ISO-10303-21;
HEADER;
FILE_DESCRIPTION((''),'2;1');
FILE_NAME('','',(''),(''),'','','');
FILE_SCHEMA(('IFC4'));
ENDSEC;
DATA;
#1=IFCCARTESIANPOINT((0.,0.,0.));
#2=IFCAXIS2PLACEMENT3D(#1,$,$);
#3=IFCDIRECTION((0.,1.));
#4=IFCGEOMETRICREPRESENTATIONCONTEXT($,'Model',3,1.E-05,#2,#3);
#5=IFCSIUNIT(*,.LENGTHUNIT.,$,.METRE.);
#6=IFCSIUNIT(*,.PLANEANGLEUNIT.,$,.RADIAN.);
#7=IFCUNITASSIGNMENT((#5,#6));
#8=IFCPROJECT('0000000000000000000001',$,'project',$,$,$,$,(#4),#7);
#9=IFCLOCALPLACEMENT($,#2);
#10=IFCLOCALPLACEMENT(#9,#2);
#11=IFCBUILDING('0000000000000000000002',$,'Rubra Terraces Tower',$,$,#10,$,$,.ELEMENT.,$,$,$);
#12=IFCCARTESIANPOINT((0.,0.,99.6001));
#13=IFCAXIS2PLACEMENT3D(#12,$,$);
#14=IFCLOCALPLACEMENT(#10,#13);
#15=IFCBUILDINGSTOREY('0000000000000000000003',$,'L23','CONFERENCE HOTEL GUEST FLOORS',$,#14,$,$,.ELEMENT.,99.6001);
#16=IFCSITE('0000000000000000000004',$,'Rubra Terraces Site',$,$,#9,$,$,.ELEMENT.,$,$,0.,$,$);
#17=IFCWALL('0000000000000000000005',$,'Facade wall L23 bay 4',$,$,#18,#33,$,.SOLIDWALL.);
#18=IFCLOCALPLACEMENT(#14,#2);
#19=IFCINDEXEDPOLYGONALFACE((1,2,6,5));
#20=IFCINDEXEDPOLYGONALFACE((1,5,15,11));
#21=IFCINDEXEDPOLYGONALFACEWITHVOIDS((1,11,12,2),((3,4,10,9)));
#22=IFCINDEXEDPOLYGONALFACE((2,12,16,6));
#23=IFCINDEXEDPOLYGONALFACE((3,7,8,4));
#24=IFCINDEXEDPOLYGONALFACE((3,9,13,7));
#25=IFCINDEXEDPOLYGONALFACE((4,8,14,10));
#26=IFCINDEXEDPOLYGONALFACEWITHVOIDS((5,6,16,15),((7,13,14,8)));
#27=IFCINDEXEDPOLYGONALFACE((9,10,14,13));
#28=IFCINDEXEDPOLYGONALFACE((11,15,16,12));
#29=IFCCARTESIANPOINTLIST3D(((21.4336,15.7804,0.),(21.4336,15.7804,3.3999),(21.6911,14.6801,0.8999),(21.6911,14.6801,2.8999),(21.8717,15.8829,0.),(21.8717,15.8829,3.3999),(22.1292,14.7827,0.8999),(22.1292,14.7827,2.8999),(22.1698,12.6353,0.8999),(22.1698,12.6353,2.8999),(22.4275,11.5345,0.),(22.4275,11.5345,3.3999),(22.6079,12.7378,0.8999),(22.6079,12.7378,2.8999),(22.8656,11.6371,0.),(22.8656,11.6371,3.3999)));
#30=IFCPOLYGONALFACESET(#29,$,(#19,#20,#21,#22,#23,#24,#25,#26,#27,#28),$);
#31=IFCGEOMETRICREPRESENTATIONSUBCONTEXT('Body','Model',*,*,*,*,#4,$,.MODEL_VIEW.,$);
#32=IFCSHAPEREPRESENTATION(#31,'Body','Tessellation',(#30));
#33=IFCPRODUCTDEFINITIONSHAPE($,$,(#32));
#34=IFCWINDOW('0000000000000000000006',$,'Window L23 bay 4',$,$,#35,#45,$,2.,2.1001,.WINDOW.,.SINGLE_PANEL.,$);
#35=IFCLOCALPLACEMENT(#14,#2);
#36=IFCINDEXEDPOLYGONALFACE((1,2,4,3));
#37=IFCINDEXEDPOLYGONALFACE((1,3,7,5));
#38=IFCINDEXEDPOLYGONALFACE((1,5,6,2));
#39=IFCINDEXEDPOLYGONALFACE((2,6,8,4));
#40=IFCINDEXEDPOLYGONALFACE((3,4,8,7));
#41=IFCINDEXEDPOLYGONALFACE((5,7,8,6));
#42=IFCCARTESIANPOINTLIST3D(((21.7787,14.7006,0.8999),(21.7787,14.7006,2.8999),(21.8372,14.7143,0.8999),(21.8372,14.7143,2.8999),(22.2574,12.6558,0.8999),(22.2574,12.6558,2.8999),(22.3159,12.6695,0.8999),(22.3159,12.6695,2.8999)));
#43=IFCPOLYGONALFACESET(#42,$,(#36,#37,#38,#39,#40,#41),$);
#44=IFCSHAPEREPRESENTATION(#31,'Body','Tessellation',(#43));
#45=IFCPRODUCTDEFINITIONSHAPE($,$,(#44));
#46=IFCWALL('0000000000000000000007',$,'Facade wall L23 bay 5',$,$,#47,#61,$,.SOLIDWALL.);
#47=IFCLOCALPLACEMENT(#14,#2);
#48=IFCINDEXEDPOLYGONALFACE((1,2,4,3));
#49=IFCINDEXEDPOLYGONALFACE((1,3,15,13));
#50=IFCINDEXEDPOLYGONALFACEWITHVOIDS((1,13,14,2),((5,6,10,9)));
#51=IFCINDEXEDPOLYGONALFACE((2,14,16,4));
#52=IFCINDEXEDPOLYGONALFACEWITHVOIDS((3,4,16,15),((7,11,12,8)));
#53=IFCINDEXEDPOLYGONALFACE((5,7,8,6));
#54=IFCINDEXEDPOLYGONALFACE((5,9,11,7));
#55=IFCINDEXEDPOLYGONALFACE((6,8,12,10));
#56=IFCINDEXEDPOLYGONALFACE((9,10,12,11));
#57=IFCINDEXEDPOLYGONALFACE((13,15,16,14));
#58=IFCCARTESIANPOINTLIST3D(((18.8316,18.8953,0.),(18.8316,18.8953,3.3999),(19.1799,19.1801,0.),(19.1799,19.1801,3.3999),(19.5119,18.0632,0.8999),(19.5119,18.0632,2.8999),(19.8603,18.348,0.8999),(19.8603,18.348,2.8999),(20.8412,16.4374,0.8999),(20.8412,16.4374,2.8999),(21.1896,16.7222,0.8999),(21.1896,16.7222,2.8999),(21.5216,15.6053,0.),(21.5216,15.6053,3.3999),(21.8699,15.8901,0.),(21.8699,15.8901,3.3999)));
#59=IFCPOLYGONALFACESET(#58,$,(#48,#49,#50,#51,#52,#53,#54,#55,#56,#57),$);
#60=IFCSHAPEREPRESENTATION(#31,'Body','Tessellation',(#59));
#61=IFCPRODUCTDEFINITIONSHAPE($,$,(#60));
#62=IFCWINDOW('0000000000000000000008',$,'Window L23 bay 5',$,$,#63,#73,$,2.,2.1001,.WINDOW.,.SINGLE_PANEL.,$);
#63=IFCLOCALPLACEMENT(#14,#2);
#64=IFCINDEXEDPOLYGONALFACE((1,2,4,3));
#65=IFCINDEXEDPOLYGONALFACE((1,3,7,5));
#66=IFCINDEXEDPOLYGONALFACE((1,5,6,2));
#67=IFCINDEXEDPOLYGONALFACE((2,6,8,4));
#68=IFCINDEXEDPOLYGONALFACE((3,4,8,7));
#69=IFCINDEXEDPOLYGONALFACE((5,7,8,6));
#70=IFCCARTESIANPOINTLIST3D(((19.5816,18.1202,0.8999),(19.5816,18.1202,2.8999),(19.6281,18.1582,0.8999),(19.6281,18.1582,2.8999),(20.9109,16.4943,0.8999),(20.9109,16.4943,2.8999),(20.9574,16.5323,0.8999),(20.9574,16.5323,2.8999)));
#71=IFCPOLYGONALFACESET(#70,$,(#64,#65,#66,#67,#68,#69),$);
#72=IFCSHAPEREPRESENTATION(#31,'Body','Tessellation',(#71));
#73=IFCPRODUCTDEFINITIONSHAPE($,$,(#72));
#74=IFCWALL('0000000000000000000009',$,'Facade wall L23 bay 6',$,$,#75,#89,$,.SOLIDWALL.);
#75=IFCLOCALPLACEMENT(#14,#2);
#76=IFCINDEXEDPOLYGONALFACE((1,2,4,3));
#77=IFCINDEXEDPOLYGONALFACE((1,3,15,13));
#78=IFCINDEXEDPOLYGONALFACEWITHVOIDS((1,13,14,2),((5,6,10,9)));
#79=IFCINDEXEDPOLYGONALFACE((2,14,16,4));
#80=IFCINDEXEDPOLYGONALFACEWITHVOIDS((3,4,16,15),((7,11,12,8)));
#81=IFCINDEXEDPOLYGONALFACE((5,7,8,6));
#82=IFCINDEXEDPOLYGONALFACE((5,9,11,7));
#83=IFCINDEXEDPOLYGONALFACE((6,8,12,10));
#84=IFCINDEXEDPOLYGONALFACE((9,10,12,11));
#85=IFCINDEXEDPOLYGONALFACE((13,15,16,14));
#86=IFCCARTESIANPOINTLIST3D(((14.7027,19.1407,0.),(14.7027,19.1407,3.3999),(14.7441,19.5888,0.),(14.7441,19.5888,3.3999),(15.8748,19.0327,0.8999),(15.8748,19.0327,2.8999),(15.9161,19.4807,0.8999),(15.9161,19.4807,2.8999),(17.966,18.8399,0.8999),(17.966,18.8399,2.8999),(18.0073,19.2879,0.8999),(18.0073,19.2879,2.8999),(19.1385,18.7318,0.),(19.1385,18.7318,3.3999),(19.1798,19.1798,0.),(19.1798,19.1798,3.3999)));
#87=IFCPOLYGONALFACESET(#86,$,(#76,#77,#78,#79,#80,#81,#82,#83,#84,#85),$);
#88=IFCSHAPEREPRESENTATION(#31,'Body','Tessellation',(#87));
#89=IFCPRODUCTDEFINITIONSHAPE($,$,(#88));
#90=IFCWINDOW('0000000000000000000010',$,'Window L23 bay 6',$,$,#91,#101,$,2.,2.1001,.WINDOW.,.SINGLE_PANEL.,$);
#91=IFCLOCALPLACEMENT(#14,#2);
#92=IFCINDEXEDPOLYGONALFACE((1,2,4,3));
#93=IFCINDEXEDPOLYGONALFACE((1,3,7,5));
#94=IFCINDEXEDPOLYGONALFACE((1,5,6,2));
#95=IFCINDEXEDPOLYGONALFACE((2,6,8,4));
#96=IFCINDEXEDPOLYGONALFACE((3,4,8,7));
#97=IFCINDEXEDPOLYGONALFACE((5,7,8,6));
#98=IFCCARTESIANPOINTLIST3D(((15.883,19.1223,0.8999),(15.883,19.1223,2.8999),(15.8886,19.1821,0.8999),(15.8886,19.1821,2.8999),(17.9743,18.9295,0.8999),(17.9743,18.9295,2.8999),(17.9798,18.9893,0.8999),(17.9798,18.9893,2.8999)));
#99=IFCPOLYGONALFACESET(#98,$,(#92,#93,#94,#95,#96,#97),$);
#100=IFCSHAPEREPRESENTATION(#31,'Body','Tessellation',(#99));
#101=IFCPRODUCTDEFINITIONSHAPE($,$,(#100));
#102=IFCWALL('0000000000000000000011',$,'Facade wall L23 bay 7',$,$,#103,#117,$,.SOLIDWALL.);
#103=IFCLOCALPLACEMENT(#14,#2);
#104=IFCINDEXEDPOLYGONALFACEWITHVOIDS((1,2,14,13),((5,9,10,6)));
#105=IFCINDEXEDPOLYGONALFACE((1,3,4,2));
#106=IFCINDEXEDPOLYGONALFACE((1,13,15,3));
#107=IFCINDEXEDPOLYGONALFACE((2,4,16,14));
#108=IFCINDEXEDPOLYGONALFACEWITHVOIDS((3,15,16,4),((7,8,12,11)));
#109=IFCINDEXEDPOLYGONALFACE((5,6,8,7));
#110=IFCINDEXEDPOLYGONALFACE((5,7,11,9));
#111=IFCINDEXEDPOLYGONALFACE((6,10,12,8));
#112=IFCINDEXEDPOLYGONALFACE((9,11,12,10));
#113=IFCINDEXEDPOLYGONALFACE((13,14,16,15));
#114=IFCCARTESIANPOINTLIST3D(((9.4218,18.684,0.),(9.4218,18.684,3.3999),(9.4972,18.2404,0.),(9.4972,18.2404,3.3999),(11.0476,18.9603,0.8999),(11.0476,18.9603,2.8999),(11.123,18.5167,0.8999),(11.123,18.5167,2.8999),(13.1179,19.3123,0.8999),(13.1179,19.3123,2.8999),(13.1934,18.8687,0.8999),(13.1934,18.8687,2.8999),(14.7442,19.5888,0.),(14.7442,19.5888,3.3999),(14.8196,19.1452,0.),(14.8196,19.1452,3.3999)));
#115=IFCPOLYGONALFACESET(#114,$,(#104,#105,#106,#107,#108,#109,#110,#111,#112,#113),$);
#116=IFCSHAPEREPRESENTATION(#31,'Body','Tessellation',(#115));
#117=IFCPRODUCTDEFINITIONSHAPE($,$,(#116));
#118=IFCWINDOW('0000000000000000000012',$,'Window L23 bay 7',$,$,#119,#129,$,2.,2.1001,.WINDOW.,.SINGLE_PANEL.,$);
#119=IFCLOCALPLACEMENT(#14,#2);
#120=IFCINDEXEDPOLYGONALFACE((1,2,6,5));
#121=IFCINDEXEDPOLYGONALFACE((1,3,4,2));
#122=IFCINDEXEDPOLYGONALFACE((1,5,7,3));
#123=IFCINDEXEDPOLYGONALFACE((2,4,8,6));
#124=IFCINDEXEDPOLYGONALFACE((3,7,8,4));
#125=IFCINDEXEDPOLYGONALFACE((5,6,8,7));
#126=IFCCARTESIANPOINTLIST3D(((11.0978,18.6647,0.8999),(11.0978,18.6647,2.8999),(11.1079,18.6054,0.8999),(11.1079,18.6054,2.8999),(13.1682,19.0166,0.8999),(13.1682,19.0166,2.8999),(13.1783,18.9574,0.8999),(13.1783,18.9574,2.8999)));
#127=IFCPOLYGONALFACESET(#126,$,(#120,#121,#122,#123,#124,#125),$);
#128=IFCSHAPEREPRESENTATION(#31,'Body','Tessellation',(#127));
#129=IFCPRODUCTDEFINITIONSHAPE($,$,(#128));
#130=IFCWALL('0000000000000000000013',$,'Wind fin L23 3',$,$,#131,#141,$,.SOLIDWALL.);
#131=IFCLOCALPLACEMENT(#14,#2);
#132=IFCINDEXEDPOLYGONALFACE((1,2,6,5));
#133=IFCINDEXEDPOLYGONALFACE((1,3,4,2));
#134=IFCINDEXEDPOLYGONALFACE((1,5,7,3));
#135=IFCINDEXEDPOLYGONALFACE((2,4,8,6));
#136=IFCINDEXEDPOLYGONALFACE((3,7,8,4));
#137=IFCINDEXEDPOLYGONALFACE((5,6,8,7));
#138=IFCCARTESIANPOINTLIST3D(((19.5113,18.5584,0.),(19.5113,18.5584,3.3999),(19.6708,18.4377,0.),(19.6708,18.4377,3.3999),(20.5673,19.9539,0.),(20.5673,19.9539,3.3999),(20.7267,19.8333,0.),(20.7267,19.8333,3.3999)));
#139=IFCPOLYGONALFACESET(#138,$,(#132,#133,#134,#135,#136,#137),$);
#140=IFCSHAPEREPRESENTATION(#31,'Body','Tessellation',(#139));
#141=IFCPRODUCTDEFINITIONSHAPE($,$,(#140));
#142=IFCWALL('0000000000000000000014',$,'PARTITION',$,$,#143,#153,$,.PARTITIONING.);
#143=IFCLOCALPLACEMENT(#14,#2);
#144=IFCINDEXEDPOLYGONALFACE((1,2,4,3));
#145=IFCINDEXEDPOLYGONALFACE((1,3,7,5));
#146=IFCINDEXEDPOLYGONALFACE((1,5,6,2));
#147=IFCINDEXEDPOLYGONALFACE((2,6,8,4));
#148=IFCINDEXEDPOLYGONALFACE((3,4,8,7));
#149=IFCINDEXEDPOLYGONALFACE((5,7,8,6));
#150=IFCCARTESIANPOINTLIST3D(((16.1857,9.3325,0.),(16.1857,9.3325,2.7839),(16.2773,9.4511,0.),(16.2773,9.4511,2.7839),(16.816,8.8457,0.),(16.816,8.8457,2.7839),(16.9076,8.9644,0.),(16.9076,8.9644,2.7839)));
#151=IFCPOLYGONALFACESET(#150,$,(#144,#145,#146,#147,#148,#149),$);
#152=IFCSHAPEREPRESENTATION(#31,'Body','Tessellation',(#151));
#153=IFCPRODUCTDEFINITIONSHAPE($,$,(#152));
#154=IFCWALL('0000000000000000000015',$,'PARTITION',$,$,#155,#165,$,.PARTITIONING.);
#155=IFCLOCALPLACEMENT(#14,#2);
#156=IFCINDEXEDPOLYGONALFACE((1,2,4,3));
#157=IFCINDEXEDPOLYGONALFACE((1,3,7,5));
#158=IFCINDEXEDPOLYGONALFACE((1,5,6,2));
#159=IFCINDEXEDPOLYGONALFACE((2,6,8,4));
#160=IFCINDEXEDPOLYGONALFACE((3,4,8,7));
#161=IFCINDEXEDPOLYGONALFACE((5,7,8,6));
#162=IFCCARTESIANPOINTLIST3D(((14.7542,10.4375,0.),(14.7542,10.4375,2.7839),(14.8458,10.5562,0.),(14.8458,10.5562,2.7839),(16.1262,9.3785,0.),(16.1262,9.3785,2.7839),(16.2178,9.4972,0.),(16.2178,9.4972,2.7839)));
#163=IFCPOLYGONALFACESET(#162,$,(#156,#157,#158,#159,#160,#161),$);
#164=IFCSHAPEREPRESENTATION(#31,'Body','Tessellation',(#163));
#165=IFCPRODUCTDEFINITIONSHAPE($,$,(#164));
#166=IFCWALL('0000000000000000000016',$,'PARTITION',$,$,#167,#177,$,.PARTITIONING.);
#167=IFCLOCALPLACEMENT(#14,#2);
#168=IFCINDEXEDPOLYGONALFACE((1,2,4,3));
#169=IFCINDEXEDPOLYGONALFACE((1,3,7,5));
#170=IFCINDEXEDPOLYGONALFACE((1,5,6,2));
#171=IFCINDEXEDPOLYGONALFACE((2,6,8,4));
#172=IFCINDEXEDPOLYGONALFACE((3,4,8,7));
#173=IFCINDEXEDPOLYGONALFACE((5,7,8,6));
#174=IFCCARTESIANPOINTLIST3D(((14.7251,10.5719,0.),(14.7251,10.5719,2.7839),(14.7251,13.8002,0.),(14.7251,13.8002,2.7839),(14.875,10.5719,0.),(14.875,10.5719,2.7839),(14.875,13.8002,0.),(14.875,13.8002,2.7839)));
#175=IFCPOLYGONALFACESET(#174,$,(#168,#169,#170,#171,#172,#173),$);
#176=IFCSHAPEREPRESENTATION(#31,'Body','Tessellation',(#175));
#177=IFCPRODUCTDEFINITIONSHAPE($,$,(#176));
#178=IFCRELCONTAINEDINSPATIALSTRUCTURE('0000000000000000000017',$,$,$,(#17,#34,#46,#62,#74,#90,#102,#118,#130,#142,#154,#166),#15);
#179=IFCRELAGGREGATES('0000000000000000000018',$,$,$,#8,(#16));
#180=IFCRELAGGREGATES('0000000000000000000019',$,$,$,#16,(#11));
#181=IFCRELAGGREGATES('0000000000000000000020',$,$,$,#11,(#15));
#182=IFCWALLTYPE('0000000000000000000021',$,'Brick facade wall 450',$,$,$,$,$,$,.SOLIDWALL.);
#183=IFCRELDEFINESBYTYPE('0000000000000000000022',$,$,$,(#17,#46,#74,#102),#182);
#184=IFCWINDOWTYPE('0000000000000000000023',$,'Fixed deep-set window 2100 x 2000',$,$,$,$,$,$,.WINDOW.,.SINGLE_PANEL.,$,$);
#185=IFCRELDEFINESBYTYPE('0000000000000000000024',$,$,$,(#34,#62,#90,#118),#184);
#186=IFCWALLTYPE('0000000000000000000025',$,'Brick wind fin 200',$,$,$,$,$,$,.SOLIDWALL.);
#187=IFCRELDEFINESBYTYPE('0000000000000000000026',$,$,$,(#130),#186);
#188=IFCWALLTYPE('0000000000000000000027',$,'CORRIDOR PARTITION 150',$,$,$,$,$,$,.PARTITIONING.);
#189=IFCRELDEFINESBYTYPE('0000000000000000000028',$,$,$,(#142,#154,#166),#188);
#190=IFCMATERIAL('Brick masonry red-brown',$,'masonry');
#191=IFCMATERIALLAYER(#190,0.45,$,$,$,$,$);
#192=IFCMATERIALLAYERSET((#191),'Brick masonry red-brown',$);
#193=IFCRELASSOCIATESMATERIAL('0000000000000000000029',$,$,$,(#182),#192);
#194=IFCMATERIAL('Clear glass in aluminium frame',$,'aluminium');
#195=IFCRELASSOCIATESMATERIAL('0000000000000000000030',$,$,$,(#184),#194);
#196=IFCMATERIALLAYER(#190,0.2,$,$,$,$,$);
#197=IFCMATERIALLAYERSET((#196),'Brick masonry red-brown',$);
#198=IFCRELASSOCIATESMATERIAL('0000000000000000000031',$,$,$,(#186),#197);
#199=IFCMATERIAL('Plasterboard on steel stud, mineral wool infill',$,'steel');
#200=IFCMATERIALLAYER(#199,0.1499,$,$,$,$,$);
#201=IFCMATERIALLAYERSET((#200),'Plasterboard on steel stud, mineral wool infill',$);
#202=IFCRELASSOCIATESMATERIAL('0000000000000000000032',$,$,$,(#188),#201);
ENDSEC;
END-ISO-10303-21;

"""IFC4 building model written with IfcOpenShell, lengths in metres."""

from ifc_helpers import new_model, si_unit, direction, frame, frame_2d, origin, place, context, subcontext, project, spatial, rectangle, extrude, material, layer, layer_set, type_object, element, fill, save


model = new_model("IFC4")

# Units and contexts
model_context = context("Model", 3, precision=1e-05, world=origin(), true_north=direction((0.0, 1.0)))
body_context = subcontext(model_context, "Body", "Model", "MODEL_VIEW")
ifc_project = project(units=[si_unit("LENGTHUNIT", "METRE"), si_unit("PLANEANGLEUNIT", "RADIAN")], contexts=[model_context])

# Site, building, storey
site_placement = place(None, origin())
site = spatial("IfcSite", under=ifc_project, at=site_placement, Name="Rubra Terraces Site", CompositionType="ELEMENT", RefElevation=0.0)
building_placement = place(site_placement, origin())
building = spatial("IfcBuilding", under=site, at=building_placement, Name="Rubra Terraces Tower", CompositionType="ELEMENT")
storey_placement = place(building_placement, frame((0.0, 0.0, 99.6001)))
storey = spatial("IfcBuildingStorey", under=building, at=storey_placement, Name="L23", Description="CONFERENCE HOTEL GUEST FLOORS", CompositionType="ELEMENT", Elevation=99.6001)

# Walls, openings, windows
ifc_material_1 = material(Name="Brick masonry red-brown", Category="masonry")
ifc_layer_1 = layer(ifc_material_1, 0.45)
ifc_layer_set_1 = layer_set([ifc_layer_1], Name="Brick masonry red-brown")
wall_type_1 = type_object("IfcWallType", Name="Brick facade wall 450", PredefinedType="SOLIDWALL", material=ifc_layer_set_1)
wall_1_placement = place(storey_placement, frame((22.6465, 11.5859, 0.0), z_axis=(0.0, 0.0, 1.0), x_axis=(-0.227925, 0.973679, 0.0)))
wall_1 = element("IfcWall", 1, at=wall_1_placement, inside=storey, type_object=wall_type_1, Name="Facade wall L23 bay 4", PredefinedType="SOLIDWALL", context=body_context, shape_type="SweptSolid", body=[
    extrude(rectangle(XDim=4.3606, YDim=0.45, at=frame_2d((2.1802, 0.0))), origin(), (0.0, 0.0, 1.0), 3.3999),
])
opening_1_placement = place(wall_1_placement, frame((1.1304, 0.0, 0.8999)))
opening_1 = element("IfcOpeningElement", 2, at=opening_1_placement, cuts=wall_1, PredefinedType="OPENING", context=body_context, shape_type="SweptSolid", body=[
    extrude(rectangle(XDim=2.1001, YDim=2.0, at=frame_2d((1.05, 1.0))), frame((0.0, 0.2349, 0.0), z_axis=(0.0, -1.0, 0.0), x_axis=(1.0, 0.0, 0.0)), (0.0, 0.0, 1.0), 0.47),
])
ifc_material_2 = material(Name="Clear glass in aluminium frame", Category="aluminium")
window_type = type_object("IfcWindowType", Name="Fixed deep-set window 2100 x 2000", PartitioningType="SINGLE_PANEL", PredefinedType="WINDOW", material=ifc_material_2)
window_1_placement = place(opening_1_placement, origin())
window_1 = element("IfcWindow", 3, at=window_1_placement, inside=storey, type_object=window_type, Name="Window L23 bay 4", OverallHeight=2.0, OverallWidth=2.1001, PartitioningType="SINGLE_PANEL", PredefinedType="WINDOW", context=body_context, shape_type="SweptSolid", body=[
    extrude(rectangle(XDim=2.1001, YDim=2.0, at=frame_2d((1.05, 1.0))), frame((0.0, 0.135, 0.0), z_axis=(0.0, -1.0, 0.0), x_axis=(1.0, 0.0, 0.0)), (0.0, 0.0, 1.0), 0.0601),
])
fill(opening_1, window_1)
wall_2_placement = place(storey_placement, frame((21.6958, 15.7476, 0.0), z_axis=(0.0, 0.0, 1.0), x_axis=(-0.632969, 0.774177, 0.0)))
wall_2 = element("IfcWall", 4, at=wall_2_placement, inside=storey, type_object=wall_type_1, Name="Facade wall L23 bay 5", PredefinedType="SOLIDWALL", context=body_context, shape_type="SweptSolid", body=[
    extrude(rectangle(XDim=4.2498, YDim=0.45, at=frame_2d((2.125, 0.0))), origin(), (0.0, 0.0, 1.0), 3.3999),
])
opening_2_placement = place(wall_2_placement, frame((1.075, 0.0, 0.8999)))
opening_2 = element("IfcOpeningElement", 5, at=opening_2_placement, cuts=wall_2, PredefinedType="OPENING", context=body_context, shape_type="SweptSolid", body=[
    extrude(rectangle(XDim=2.1001, YDim=2.0, at=frame_2d((1.05, 1.0))), frame((0.0, 0.2349, 0.0), z_axis=(0.0, -1.0, 0.0), x_axis=(1.0, 0.0, 0.0)), (0.0, 0.0, 1.0), 0.47),
])
window_2_placement = place(opening_2_placement, origin())
window_2 = element("IfcWindow", 6, at=window_2_placement, inside=storey, type_object=window_type, Name="Window L23 bay 5", OverallHeight=2.0, OverallWidth=2.1001, PartitioningType="SINGLE_PANEL", PredefinedType="WINDOW", context=body_context, shape_type="SweptSolid", body=[
    extrude(rectangle(XDim=2.1001, YDim=2.0, at=frame_2d((1.05, 1.0))), frame((0.0, 0.135, 0.0), z_axis=(0.0, -1.0, 0.0), x_axis=(1.0, 0.0, 0.0)), (0.0, 0.0, 1.0), 0.0601),
])
fill(opening_2, window_2)
wall_3_placement = place(storey_placement, frame((19.1592, 18.9558, 0.0), z_axis=(0.0, 0.0, 1.0), x_axis=(-0.995777, 0.091801, 0.0)))
wall_3 = element("IfcWall", 7, at=wall_3_placement, inside=storey, type_object=wall_type_1, Name="Facade wall L23 bay 6", PredefinedType="SOLIDWALL", context=body_context, shape_type="SweptSolid", body=[
    extrude(rectangle(XDim=4.4546, YDim=0.45, at=frame_2d((2.2273, 0.0))), origin(), (0.0, 0.0, 1.0), 3.3999),
])
opening_3_placement = place(wall_3_placement, frame((1.1775, 0.0, 0.8999)))
opening_3 = element("IfcOpeningElement", 8, at=opening_3_placement, cuts=wall_3, PredefinedType="OPENING", context=body_context, shape_type="SweptSolid", body=[
    extrude(rectangle(XDim=2.1001, YDim=2.0, at=frame_2d((1.05, 1.0))), frame((0.0, 0.2349, 0.0), z_axis=(0.0, -1.0, 0.0), x_axis=(1.0, 0.0, 0.0)), (0.0, 0.0, 1.0), 0.47),
])
window_3_placement = place(opening_3_placement, origin())
window_3 = element("IfcWindow", 9, at=window_3_placement, inside=storey, type_object=window_type, Name="Window L23 bay 6", OverallHeight=2.0, OverallWidth=2.1001, PartitioningType="SINGLE_PANEL", PredefinedType="WINDOW", context=body_context, shape_type="SweptSolid", body=[
    extrude(rectangle(XDim=2.1001, YDim=2.0, at=frame_2d((1.05, 1.0))), frame((0.0, 0.135, 0.0), z_axis=(0.0, -1.0, 0.0), x_axis=(1.0, 0.0, 0.0)), (0.0, 0.0, 1.0), 0.0601),
])
fill(opening_3, window_3)
wall_4_placement = place(storey_placement, frame((14.7817, 19.3669, 0.0), z_axis=(0.0, 0.0, 1.0), x_axis=(-0.985856, -0.167595, 0.0)))
wall_4 = element("IfcWall", 10, at=wall_4_placement, inside=storey, type_object=wall_type_1, Name="Facade wall L23 bay 7", PredefinedType="SOLIDWALL", context=body_context, shape_type="SweptSolid", body=[
    extrude(rectangle(XDim=5.3987, YDim=0.45, at=frame_2d((2.6992, 0.0))), origin(), (0.0, 0.0, 1.0), 3.3999),
])
opening_4_placement = place(wall_4_placement, frame((1.6494, 0.0, 0.8999)))
opening_4 = element("IfcOpeningElement", 11, at=opening_4_placement, cuts=wall_4, PredefinedType="OPENING", context=body_context, shape_type="SweptSolid", body=[
    extrude(rectangle(XDim=2.1001, YDim=2.0, at=frame_2d((1.05, 1.0))), frame((0.0, 0.2349, 0.0), z_axis=(0.0, -1.0, 0.0), x_axis=(1.0, 0.0, 0.0)), (0.0, 0.0, 1.0), 0.47),
])
window_4_placement = place(opening_4_placement, origin())
window_4 = element("IfcWindow", 12, at=window_4_placement, inside=storey, type_object=window_type, Name="Window L23 bay 7", OverallHeight=2.0, OverallWidth=2.1001, PartitioningType="SINGLE_PANEL", PredefinedType="WINDOW", context=body_context, shape_type="SweptSolid", body=[
    extrude(rectangle(XDim=2.1001, YDim=2.0, at=frame_2d((1.05, 1.0))), frame((0.0, 0.135, 0.0), z_axis=(0.0, -1.0, 0.0), x_axis=(1.0, 0.0, 0.0)), (0.0, 0.0, 1.0), 0.0601),
])
fill(opening_4, window_4)

# Walls
ifc_layer_2 = layer(ifc_material_1, 0.2)
ifc_layer_set_2 = layer_set([ifc_layer_2], Name="Brick masonry red-brown")
wall_type_2 = type_object("IfcWallType", Name="Brick wind fin 200", PredefinedType="SOLIDWALL", material=ifc_layer_set_2)
wall_5_placement = place(storey_placement, frame((19.5911, 18.498, 0.0), z_axis=(0.0, 0.0, 1.0), x_axis=(0.603388, 0.797448, 0.0)))
element("IfcWall", 13, at=wall_5_placement, inside=storey, type_object=wall_type_2, Name="Wind fin L23 3", PredefinedType="SOLIDWALL", context=body_context, shape_type="SweptSolid", body=[
    extrude(rectangle(XDim=1.75, YDim=0.2, at=frame_2d((0.875, 0.0))), origin(), (0.0, 0.0, 1.0), 3.3999),
])
ifc_material_3 = material(Name="Plasterboard on steel stud, mineral wool infill", Category="steel")
ifc_layer_3 = layer(ifc_material_3, 0.1499)
ifc_layer_set_3 = layer_set([ifc_layer_3], Name="Plasterboard on steel stud, mineral wool infill")
wall_type_3 = type_object("IfcWallType", Name="CORRIDOR PARTITION 150", PredefinedType="PARTITIONING", material=ifc_layer_set_3)
wall_6_placement = place(storey_placement, frame((16.8618, 8.905, 0.0), z_axis=(0.0, 0.0, 1.0), x_axis=(-0.79146, 0.611221, 0.0)))
element("IfcWall", 14, at=wall_6_placement, inside=storey, type_object=wall_type_3, Name="PARTITION", PredefinedType="PARTITIONING", context=body_context, shape_type="SweptSolid", body=[
    extrude(rectangle(XDim=0.7964, YDim=0.1499, at=frame_2d((0.3982, 0.0))), origin(), (0.0, 0.0, 1.0), 2.7839),
])
wall_7_placement = place(storey_placement, frame((16.1721, 9.4377, 0.0), z_axis=(0.0, 0.0, 1.0), x_axis=(-0.791607, 0.61103, 0.0)))
element("IfcWall", 15, at=wall_7_placement, inside=storey, type_object=wall_type_3, Name="PARTITION", PredefinedType="PARTITIONING", context=body_context, shape_type="SweptSolid", body=[
    extrude(rectangle(XDim=1.7332, YDim=0.1499, at=frame_2d((0.8667, 0.0))), origin(), (0.0, 0.0, 1.0), 2.7839),
])
wall_8_placement = place(storey_placement, frame((14.8, 10.5718, 0.0), z_axis=(0.0, 0.0, 1.0), x_axis=(0.0, 1.0, 0.0)))
element("IfcWall", 16, at=wall_8_placement, inside=storey, type_object=wall_type_3, Name="PARTITION", PredefinedType="PARTITIONING", context=body_context, shape_type="SweptSolid", body=[
    extrude(rectangle(XDim=3.2283, YDim=0.1499, at=frame_2d((1.6143, 0.0))), origin(), (0.0, 0.0, 1.0), 2.7839),
])

save(model, "model.ifc")
